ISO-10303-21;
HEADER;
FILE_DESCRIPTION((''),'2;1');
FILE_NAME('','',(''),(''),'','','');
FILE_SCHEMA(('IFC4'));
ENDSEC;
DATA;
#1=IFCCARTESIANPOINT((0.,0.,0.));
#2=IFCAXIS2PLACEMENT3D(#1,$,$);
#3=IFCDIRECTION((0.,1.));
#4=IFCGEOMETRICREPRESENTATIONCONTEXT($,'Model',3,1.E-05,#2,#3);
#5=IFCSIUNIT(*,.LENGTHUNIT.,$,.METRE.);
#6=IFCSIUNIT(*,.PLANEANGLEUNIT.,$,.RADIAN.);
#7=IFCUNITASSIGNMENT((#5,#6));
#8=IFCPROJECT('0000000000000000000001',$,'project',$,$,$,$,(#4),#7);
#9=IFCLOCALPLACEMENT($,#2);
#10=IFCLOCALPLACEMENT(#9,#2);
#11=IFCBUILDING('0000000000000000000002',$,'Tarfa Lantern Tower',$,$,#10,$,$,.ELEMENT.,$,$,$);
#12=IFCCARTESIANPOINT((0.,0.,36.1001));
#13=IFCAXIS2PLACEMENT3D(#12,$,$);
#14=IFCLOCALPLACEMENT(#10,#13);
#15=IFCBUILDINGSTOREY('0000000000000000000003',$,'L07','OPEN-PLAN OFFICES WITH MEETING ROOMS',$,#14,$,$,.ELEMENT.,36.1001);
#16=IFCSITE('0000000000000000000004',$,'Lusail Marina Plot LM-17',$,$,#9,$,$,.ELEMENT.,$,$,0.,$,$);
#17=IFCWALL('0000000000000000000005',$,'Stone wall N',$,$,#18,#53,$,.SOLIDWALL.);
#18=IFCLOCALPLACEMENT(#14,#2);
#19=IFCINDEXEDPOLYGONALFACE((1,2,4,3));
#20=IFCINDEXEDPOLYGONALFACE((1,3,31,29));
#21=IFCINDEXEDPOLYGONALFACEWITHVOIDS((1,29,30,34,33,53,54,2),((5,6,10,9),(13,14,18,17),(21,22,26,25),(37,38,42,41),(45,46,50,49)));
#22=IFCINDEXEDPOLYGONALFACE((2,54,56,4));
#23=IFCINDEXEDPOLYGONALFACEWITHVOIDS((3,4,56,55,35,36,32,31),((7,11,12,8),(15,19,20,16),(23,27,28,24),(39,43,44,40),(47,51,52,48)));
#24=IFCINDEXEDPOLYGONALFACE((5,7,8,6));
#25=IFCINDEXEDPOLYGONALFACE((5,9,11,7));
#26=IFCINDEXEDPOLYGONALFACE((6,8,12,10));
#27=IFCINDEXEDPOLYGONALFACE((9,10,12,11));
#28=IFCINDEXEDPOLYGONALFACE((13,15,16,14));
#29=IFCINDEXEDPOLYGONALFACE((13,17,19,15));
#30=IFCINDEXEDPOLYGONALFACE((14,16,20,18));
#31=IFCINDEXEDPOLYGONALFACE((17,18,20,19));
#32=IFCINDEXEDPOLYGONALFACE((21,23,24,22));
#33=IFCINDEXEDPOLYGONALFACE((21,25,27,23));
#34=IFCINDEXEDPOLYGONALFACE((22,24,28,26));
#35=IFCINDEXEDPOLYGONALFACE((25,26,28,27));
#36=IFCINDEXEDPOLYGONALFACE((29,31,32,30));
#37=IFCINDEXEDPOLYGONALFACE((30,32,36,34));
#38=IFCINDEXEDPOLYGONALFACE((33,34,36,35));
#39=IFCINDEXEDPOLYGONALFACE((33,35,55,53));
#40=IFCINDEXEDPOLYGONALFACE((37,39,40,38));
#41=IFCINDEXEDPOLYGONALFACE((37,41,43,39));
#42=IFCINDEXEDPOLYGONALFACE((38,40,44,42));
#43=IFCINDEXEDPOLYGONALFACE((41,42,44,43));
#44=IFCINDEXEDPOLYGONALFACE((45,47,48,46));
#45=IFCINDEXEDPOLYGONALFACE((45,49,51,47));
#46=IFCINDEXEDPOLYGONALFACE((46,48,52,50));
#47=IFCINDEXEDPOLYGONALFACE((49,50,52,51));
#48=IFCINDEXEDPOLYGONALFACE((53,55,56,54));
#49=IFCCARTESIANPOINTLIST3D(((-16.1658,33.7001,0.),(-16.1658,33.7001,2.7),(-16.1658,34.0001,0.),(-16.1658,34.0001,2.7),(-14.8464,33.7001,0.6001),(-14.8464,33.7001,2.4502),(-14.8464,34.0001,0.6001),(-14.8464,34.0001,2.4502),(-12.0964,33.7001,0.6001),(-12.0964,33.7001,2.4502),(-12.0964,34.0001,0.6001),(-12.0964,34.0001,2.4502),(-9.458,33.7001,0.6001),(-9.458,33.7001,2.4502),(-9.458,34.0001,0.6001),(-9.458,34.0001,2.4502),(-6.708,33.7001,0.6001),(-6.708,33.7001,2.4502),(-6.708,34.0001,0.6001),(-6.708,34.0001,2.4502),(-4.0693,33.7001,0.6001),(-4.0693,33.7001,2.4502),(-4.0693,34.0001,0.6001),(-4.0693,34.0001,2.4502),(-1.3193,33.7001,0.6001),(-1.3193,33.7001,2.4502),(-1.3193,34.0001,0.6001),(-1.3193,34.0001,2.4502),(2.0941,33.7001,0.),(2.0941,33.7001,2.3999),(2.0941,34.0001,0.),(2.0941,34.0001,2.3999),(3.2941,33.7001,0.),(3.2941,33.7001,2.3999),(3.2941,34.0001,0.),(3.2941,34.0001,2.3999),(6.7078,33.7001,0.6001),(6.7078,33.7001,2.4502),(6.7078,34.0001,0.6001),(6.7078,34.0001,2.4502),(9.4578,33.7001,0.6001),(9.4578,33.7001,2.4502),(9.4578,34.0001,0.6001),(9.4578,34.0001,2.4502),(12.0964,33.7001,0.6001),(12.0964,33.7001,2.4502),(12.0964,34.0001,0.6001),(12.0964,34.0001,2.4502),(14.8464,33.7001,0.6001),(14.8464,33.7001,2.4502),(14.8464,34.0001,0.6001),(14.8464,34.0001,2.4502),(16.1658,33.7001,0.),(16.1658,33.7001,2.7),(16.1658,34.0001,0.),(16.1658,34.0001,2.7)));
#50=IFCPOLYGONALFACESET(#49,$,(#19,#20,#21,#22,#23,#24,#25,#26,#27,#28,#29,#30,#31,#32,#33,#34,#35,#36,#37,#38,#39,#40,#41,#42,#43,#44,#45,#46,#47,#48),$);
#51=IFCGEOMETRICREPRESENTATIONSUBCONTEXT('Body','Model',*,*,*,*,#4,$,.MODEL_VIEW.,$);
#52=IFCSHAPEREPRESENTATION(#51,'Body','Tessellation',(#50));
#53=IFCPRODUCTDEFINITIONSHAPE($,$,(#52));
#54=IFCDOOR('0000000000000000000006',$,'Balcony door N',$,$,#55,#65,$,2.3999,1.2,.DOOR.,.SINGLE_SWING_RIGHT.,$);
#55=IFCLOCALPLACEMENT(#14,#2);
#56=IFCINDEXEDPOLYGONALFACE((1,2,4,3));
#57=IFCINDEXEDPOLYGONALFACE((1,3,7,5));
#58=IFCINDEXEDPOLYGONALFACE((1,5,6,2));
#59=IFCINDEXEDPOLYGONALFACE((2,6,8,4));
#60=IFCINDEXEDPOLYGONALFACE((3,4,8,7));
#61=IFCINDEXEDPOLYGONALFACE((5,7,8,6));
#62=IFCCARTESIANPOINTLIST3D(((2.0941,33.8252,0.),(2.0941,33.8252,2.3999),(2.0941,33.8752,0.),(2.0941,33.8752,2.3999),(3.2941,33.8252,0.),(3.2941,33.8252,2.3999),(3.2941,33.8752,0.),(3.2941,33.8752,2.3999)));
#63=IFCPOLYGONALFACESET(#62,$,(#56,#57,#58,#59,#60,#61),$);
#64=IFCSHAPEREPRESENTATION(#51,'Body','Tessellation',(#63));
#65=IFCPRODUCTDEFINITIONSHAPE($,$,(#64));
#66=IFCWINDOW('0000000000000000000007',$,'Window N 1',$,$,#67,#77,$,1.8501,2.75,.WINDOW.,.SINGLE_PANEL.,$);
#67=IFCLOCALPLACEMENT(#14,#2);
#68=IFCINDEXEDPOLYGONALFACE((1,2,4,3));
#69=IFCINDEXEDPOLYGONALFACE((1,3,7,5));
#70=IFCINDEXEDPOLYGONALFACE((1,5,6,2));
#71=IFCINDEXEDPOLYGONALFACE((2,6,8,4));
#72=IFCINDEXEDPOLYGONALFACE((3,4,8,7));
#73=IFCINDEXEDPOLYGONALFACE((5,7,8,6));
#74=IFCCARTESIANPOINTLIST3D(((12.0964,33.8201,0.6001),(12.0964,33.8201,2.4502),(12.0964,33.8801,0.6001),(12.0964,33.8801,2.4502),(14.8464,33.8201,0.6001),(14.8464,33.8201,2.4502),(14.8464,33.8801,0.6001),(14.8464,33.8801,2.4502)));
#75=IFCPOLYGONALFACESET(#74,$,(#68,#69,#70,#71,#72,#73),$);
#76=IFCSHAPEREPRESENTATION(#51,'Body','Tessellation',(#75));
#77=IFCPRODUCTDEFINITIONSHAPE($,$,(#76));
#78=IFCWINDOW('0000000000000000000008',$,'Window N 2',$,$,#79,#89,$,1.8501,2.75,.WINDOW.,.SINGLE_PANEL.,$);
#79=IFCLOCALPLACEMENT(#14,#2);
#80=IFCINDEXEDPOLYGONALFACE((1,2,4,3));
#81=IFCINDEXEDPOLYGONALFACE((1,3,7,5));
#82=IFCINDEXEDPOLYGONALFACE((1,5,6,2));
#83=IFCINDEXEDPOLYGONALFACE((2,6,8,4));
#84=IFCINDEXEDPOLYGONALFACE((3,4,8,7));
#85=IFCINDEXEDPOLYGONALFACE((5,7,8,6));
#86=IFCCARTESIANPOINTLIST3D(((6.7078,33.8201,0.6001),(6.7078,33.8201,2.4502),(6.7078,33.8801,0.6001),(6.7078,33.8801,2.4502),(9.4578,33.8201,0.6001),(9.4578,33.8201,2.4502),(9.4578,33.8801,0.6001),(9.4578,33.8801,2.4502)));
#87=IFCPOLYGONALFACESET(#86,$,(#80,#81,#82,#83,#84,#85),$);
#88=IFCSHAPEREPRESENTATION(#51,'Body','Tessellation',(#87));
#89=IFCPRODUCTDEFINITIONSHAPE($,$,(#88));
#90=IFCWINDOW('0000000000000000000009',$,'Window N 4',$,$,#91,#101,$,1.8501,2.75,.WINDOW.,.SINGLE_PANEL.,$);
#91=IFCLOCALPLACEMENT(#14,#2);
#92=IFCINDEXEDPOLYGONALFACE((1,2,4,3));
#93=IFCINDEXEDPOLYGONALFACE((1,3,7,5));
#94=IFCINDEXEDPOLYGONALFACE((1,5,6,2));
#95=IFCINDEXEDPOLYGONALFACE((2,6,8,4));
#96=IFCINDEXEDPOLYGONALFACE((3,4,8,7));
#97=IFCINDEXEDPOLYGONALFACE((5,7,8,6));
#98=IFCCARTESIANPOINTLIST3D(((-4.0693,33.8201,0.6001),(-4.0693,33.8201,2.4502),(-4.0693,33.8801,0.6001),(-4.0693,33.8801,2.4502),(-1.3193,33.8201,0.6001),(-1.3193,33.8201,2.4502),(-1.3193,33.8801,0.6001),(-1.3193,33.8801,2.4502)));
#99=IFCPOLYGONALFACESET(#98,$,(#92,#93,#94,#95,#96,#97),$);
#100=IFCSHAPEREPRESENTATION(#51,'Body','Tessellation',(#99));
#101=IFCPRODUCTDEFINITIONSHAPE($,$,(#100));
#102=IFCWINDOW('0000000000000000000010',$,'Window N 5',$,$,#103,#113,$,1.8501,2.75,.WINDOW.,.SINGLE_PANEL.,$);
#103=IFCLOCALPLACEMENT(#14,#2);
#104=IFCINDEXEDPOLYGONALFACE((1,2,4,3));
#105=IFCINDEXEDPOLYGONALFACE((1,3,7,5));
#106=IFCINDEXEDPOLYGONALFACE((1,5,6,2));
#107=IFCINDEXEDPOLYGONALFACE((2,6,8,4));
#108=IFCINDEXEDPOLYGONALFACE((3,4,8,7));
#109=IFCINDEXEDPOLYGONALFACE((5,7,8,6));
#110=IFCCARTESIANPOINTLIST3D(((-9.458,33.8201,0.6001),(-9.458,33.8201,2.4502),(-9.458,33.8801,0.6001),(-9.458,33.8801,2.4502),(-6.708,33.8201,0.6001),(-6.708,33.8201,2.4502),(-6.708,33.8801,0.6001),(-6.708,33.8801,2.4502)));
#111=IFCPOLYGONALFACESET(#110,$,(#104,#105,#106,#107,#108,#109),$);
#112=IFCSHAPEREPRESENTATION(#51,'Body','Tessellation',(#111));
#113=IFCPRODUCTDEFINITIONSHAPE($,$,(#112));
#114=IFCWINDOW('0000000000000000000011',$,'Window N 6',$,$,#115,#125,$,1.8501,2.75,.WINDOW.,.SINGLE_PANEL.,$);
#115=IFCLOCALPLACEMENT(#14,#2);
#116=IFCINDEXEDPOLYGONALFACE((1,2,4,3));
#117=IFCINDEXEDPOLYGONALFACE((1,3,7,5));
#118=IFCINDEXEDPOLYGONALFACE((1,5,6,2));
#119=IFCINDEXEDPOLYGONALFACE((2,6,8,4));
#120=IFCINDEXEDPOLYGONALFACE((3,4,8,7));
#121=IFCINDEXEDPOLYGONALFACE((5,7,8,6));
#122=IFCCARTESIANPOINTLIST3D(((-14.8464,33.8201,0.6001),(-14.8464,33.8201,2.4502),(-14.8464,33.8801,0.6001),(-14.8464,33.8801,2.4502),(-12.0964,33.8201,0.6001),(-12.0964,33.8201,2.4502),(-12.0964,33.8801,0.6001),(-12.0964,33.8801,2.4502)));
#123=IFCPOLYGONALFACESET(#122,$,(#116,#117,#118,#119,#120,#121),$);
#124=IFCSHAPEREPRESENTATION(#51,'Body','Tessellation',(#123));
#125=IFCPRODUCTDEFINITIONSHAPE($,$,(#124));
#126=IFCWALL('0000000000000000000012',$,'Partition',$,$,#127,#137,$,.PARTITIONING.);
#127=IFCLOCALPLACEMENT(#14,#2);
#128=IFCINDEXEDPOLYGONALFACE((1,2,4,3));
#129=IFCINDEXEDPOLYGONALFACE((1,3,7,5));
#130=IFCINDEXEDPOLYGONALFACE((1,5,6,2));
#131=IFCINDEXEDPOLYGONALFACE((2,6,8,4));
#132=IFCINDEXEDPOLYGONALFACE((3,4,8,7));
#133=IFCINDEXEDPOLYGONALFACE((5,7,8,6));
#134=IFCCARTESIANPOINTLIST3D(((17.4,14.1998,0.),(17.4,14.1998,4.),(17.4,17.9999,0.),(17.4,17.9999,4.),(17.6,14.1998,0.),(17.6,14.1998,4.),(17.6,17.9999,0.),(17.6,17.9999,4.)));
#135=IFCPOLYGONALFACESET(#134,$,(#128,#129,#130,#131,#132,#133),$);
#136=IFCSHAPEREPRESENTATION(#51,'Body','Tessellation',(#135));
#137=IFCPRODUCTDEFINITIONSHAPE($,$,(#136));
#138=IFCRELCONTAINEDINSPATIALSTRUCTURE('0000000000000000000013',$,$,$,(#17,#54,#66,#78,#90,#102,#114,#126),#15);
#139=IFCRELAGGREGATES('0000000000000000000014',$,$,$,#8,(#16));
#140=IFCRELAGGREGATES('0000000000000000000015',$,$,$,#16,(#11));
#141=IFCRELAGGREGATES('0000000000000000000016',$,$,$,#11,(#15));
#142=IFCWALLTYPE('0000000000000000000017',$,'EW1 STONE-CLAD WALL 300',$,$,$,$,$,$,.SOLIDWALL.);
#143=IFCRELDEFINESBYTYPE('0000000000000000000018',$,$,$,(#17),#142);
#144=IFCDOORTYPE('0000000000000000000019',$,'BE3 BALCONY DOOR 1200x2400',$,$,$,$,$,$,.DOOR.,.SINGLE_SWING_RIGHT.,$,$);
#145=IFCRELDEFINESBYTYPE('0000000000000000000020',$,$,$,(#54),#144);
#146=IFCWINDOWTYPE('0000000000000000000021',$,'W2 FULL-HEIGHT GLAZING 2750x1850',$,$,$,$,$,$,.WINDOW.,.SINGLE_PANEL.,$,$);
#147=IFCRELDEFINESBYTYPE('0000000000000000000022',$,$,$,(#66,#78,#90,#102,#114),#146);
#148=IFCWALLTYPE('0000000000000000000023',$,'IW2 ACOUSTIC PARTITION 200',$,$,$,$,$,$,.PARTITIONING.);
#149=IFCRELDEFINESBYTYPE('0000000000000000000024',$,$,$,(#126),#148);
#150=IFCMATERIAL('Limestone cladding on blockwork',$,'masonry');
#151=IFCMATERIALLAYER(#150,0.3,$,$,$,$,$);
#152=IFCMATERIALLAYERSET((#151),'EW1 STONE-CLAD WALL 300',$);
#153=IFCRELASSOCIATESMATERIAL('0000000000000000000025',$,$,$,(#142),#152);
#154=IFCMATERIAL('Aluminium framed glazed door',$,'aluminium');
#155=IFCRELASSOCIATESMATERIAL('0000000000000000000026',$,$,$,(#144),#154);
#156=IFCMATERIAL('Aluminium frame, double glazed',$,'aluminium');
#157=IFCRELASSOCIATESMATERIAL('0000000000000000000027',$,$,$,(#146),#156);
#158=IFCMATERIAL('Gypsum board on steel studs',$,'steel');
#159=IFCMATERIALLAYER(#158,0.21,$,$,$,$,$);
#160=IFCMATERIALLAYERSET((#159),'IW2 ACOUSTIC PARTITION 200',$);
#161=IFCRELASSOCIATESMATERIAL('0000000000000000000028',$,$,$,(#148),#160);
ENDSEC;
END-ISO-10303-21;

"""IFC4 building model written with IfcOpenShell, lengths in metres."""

from ifc_helpers import new_model, si_unit, direction, frame, frame_2d, origin, place, context, subcontext, project, spatial, rectangle, extrude, material, layer, layer_set, type_object, element, fill, save


model = new_model("IFC4")

# Units and contexts
model_context = context("Model", 3, precision=1e-05, world=origin(), true_north=direction((0.0, 1.0)))
body_context = subcontext(model_context, "Body", "Model", "MODEL_VIEW")
ifc_project = project(units=[si_unit("LENGTHUNIT", "METRE"), si_unit("PLANEANGLEUNIT", "RADIAN")], contexts=[model_context])

# Site, building, storey
site_placement = place(None, origin())
site = spatial("IfcSite", under=ifc_project, at=site_placement, Name="Lusail Marina Plot LM-17", CompositionType="ELEMENT", RefElevation=0.0)
building_placement = place(site_placement, origin())
building = spatial("IfcBuilding", under=site, at=building_placement, Name="Tarfa Lantern Tower", CompositionType="ELEMENT")
storey_placement = place(building_placement, frame((0.0, 0.0, 36.1001)))
storey = spatial("IfcBuildingStorey", under=building, at=storey_placement, Name="L07", Description="OPEN-PLAN OFFICES WITH MEETING ROOMS", CompositionType="ELEMENT", Elevation=36.1001)

# Wall, openings, door, windows
ifc_material_1 = material(Name="Limestone cladding on blockwork", Category="masonry")
ifc_layer_1 = layer(ifc_material_1, 0.3)
ifc_layer_set_1 = layer_set([ifc_layer_1], Name="EW1 STONE-CLAD WALL 300")
wall_type_1 = type_object("IfcWallType", Name="EW1 STONE-CLAD WALL 300", PredefinedType="SOLIDWALL", material=ifc_layer_set_1)
wall_1_placement = place(storey_placement, frame((16.1658, 33.8501, 0.0), z_axis=(0.0, 0.0, 1.0), x_axis=(-1.0, 0.0, 0.0)))
wall_1 = element("IfcWall", 1, at=wall_1_placement, inside=storey, type_object=wall_type_1, Name="Stone wall N", PredefinedType="SOLIDWALL", context=body_context, shape_type="SweptSolid", body=[
    extrude(rectangle(XDim=32.3315, YDim=0.3, at=frame_2d((16.1658, 0.0))), origin(), (0.0, 0.0, 1.0), 2.7),
])
opening_1_placement = place(wall_1_placement, frame((1.3193, 0.0, 0.6001)))
opening_1 = element("IfcOpeningElement", 2, at=opening_1_placement, cuts=wall_1, PredefinedType="OPENING", context=body_context, shape_type="SweptSolid", body=[
    extrude(rectangle(XDim=2.75, YDim=1.8501, at=frame_2d((1.375, 0.925))), frame((0.0, 0.1599, 0.0), z_axis=(0.0, -1.0, 0.0), x_axis=(1.0, 0.0, 0.0)), (0.0, 0.0, 1.0), 0.3201),
])
opening_2_placement = place(wall_1_placement, frame((6.708, 0.0, 0.6001)))
opening_2 = element("IfcOpeningElement", 3, at=opening_2_placement, cuts=wall_1, PredefinedType="OPENING", context=body_context, shape_type="SweptSolid", body=[
    extrude(rectangle(XDim=2.75, YDim=1.8501, at=frame_2d((1.375, 0.925))), frame((0.0, 0.1599, 0.0), z_axis=(0.0, -1.0, 0.0), x_axis=(1.0, 0.0, 0.0)), (0.0, 0.0, 1.0), 0.3201),
])
opening_3_placement = place(wall_1_placement, frame((12.8716, 0.0, 0.0)))
opening_3 = element("IfcOpeningElement", 4, at=opening_3_placement, cuts=wall_1, PredefinedType="OPENING", context=body_context, shape_type="SweptSolid", body=[
    extrude(rectangle(XDim=1.2, YDim=2.3999, at=frame_2d((0.6001, 1.2))), frame((0.0, 0.1599, 0.0), z_axis=(0.0, -1.0, 0.0), x_axis=(1.0, 0.0, 0.0)), (0.0, 0.0, 1.0), 0.3201),
])
opening_4_placement = place(wall_1_placement, frame((17.4851, 0.0, 0.6001)))
opening_4 = element("IfcOpeningElement", 5, at=opening_4_placement, cuts=wall_1, PredefinedType="OPENING", context=body_context, shape_type="SweptSolid", body=[
    extrude(rectangle(XDim=2.75, YDim=1.8501, at=frame_2d((1.375, 0.925))), frame((0.0, 0.1599, 0.0), z_axis=(0.0, -1.0, 0.0), x_axis=(1.0, 0.0, 0.0)), (0.0, 0.0, 1.0), 0.3201),
])
opening_5_placement = place(wall_1_placement, frame((22.8738, 0.0, 0.6001)))
opening_5 = element("IfcOpeningElement", 6, at=opening_5_placement, cuts=wall_1, PredefinedType="OPENING", context=body_context, shape_type="SweptSolid", body=[
    extrude(rectangle(XDim=2.75, YDim=1.8501, at=frame_2d((1.375, 0.925))), frame((0.0, 0.1599, 0.0), z_axis=(0.0, -1.0, 0.0), x_axis=(1.0, 0.0, 0.0)), (0.0, 0.0, 1.0), 0.3201),
])
opening_6_placement = place(wall_1_placement, frame((28.2622, 0.0, 0.6001)))
opening_6 = element("IfcOpeningElement", 7, at=opening_6_placement, cuts=wall_1, PredefinedType="OPENING", context=body_context, shape_type="SweptSolid", body=[
    extrude(rectangle(XDim=2.75, YDim=1.8501, at=frame_2d((1.375, 0.925))), frame((0.0, 0.1599, 0.0), z_axis=(0.0, -1.0, 0.0), x_axis=(1.0, 0.0, 0.0)), (0.0, 0.0, 1.0), 0.3201),
])
ifc_material_2 = material(Name="Aluminium framed glazed door", Category="aluminium")
door_type_1 = type_object("IfcDoorType", Name="BE3 BALCONY DOOR 1200x2400", OperationType="SINGLE_SWING_RIGHT", PredefinedType="DOOR", material=ifc_material_2)
door_1_placement = place(opening_3_placement, origin())
door_1 = element("IfcDoor", 8, at=door_1_placement, inside=storey, type_object=door_type_1, Name="Balcony door N", OperationType="SINGLE_SWING_RIGHT", OverallHeight=2.3999, OverallWidth=1.2, PredefinedType="DOOR", context=body_context, shape_type="SweptSolid", body=[
    extrude(rectangle(XDim=1.2, YDim=2.3999, at=frame_2d((0.6001, 1.2))), frame((0.0, 0.0249, 0.0), z_axis=(0.0, -1.0, 0.0), x_axis=(1.0, 0.0, 0.0)), (0.0, 0.0, 1.0), 0.05),
])
fill(opening_3, door_1)
ifc_material_3 = material(Name="Aluminium frame, double glazed", Category="aluminium")
window_type = type_object("IfcWindowType", Name="W2 FULL-HEIGHT GLAZING 2750x1850", PartitioningType="SINGLE_PANEL", PredefinedType="WINDOW", material=ifc_material_3)
window_1_placement = place(opening_1_placement, origin())
window_1 = element("IfcWindow", 9, at=window_1_placement, inside=storey, type_object=window_type, Name="Window N 1", OverallHeight=1.8501, OverallWidth=2.75, PartitioningType="SINGLE_PANEL", PredefinedType="WINDOW", context=body_context, shape_type="SweptSolid", body=[
    extrude(rectangle(XDim=2.75, YDim=1.8501, at=frame_2d((1.375, 0.925))), frame((0.0, 0.03, 0.0), z_axis=(0.0, -1.0, 0.0), x_axis=(1.0, 0.0, 0.0)), (0.0, 0.0, 1.0), 0.0601),
])
fill(opening_1, window_1)
window_2_placement = place(opening_2_placement, origin())
window_2 = element("IfcWindow", 10, at=window_2_placement, inside=storey, type_object=window_type, Name="Window N 2", OverallHeight=1.8501, OverallWidth=2.75, PartitioningType="SINGLE_PANEL", PredefinedType="WINDOW", context=body_context, shape_type="SweptSolid", body=[
    extrude(rectangle(XDim=2.75, YDim=1.8501, at=frame_2d((1.375, 0.925))), frame((0.0, 0.03, 0.0), z_axis=(0.0, -1.0, 0.0), x_axis=(1.0, 0.0, 0.0)), (0.0, 0.0, 1.0), 0.0601),
])
fill(opening_2, window_2)
window_3_placement = place(opening_4_placement, origin())
window_3 = element("IfcWindow", 11, at=window_3_placement, inside=storey, type_object=window_type, Name="Window N 4", OverallHeight=1.8501, OverallWidth=2.75, PartitioningType="SINGLE_PANEL", PredefinedType="WINDOW", context=body_context, shape_type="SweptSolid", body=[
    extrude(rectangle(XDim=2.75, YDim=1.8501, at=frame_2d((1.375, 0.925))), frame((0.0, 0.03, 0.0), z_axis=(0.0, -1.0, 0.0), x_axis=(1.0, 0.0, 0.0)), (0.0, 0.0, 1.0), 0.0601),
])
fill(opening_4, window_3)
window_4_placement = place(opening_5_placement, origin())
window_4 = element("IfcWindow", 12, at=window_4_placement, inside=storey, type_object=window_type, Name="Window N 5", OverallHeight=1.8501, OverallWidth=2.75, PartitioningType="SINGLE_PANEL", PredefinedType="WINDOW", context=body_context, shape_type="SweptSolid", body=[
    extrude(rectangle(XDim=2.75, YDim=1.8501, at=frame_2d((1.375, 0.925))), frame((0.0, 0.03, 0.0), z_axis=(0.0, -1.0, 0.0), x_axis=(1.0, 0.0, 0.0)), (0.0, 0.0, 1.0), 0.0601),
])
fill(opening_5, window_4)
window_5_placement = place(opening_6_placement, origin())
window_5 = element("IfcWindow", 13, at=window_5_placement, inside=storey, type_object=window_type, Name="Window N 6", OverallHeight=1.8501, OverallWidth=2.75, PartitioningType="SINGLE_PANEL", PredefinedType="WINDOW", context=body_context, shape_type="SweptSolid", body=[
    extrude(rectangle(XDim=2.75, YDim=1.8501, at=frame_2d((1.375, 0.925))), frame((0.0, 0.03, 0.0), z_axis=(0.0, -1.0, 0.0), x_axis=(1.0, 0.0, 0.0)), (0.0, 0.0, 1.0), 0.0601),
])
fill(opening_6, window_5)

# Wall
ifc_material_4 = material(Name="Gypsum board on steel studs", Category="steel")
ifc_layer_2 = layer(ifc_material_4, 0.21)
ifc_layer_set_2 = layer_set([ifc_layer_2], Name="IW2 ACOUSTIC PARTITION 200")
wall_type_2 = type_object("IfcWallType", Name="IW2 ACOUSTIC PARTITION 200", PredefinedType="PARTITIONING", material=ifc_layer_set_2)
wall_2_placement = place(storey_placement, frame((17.5, 14.2, 0.0), z_axis=(0.0, 0.0, 1.0), x_axis=(0.0, 1.0, 0.0)))
element("IfcWall", 14, at=wall_2_placement, inside=storey, type_object=wall_type_2, Name="Partition", PredefinedType="PARTITIONING", context=body_context, shape_type="SweptSolid", body=[
    extrude(rectangle(XDim=3.8, YDim=0.2, at=frame_2d((1.8999, 0.0))), origin(), (0.0, 0.0, 1.0), 4.0),
])

save(model, "model.ifc")
